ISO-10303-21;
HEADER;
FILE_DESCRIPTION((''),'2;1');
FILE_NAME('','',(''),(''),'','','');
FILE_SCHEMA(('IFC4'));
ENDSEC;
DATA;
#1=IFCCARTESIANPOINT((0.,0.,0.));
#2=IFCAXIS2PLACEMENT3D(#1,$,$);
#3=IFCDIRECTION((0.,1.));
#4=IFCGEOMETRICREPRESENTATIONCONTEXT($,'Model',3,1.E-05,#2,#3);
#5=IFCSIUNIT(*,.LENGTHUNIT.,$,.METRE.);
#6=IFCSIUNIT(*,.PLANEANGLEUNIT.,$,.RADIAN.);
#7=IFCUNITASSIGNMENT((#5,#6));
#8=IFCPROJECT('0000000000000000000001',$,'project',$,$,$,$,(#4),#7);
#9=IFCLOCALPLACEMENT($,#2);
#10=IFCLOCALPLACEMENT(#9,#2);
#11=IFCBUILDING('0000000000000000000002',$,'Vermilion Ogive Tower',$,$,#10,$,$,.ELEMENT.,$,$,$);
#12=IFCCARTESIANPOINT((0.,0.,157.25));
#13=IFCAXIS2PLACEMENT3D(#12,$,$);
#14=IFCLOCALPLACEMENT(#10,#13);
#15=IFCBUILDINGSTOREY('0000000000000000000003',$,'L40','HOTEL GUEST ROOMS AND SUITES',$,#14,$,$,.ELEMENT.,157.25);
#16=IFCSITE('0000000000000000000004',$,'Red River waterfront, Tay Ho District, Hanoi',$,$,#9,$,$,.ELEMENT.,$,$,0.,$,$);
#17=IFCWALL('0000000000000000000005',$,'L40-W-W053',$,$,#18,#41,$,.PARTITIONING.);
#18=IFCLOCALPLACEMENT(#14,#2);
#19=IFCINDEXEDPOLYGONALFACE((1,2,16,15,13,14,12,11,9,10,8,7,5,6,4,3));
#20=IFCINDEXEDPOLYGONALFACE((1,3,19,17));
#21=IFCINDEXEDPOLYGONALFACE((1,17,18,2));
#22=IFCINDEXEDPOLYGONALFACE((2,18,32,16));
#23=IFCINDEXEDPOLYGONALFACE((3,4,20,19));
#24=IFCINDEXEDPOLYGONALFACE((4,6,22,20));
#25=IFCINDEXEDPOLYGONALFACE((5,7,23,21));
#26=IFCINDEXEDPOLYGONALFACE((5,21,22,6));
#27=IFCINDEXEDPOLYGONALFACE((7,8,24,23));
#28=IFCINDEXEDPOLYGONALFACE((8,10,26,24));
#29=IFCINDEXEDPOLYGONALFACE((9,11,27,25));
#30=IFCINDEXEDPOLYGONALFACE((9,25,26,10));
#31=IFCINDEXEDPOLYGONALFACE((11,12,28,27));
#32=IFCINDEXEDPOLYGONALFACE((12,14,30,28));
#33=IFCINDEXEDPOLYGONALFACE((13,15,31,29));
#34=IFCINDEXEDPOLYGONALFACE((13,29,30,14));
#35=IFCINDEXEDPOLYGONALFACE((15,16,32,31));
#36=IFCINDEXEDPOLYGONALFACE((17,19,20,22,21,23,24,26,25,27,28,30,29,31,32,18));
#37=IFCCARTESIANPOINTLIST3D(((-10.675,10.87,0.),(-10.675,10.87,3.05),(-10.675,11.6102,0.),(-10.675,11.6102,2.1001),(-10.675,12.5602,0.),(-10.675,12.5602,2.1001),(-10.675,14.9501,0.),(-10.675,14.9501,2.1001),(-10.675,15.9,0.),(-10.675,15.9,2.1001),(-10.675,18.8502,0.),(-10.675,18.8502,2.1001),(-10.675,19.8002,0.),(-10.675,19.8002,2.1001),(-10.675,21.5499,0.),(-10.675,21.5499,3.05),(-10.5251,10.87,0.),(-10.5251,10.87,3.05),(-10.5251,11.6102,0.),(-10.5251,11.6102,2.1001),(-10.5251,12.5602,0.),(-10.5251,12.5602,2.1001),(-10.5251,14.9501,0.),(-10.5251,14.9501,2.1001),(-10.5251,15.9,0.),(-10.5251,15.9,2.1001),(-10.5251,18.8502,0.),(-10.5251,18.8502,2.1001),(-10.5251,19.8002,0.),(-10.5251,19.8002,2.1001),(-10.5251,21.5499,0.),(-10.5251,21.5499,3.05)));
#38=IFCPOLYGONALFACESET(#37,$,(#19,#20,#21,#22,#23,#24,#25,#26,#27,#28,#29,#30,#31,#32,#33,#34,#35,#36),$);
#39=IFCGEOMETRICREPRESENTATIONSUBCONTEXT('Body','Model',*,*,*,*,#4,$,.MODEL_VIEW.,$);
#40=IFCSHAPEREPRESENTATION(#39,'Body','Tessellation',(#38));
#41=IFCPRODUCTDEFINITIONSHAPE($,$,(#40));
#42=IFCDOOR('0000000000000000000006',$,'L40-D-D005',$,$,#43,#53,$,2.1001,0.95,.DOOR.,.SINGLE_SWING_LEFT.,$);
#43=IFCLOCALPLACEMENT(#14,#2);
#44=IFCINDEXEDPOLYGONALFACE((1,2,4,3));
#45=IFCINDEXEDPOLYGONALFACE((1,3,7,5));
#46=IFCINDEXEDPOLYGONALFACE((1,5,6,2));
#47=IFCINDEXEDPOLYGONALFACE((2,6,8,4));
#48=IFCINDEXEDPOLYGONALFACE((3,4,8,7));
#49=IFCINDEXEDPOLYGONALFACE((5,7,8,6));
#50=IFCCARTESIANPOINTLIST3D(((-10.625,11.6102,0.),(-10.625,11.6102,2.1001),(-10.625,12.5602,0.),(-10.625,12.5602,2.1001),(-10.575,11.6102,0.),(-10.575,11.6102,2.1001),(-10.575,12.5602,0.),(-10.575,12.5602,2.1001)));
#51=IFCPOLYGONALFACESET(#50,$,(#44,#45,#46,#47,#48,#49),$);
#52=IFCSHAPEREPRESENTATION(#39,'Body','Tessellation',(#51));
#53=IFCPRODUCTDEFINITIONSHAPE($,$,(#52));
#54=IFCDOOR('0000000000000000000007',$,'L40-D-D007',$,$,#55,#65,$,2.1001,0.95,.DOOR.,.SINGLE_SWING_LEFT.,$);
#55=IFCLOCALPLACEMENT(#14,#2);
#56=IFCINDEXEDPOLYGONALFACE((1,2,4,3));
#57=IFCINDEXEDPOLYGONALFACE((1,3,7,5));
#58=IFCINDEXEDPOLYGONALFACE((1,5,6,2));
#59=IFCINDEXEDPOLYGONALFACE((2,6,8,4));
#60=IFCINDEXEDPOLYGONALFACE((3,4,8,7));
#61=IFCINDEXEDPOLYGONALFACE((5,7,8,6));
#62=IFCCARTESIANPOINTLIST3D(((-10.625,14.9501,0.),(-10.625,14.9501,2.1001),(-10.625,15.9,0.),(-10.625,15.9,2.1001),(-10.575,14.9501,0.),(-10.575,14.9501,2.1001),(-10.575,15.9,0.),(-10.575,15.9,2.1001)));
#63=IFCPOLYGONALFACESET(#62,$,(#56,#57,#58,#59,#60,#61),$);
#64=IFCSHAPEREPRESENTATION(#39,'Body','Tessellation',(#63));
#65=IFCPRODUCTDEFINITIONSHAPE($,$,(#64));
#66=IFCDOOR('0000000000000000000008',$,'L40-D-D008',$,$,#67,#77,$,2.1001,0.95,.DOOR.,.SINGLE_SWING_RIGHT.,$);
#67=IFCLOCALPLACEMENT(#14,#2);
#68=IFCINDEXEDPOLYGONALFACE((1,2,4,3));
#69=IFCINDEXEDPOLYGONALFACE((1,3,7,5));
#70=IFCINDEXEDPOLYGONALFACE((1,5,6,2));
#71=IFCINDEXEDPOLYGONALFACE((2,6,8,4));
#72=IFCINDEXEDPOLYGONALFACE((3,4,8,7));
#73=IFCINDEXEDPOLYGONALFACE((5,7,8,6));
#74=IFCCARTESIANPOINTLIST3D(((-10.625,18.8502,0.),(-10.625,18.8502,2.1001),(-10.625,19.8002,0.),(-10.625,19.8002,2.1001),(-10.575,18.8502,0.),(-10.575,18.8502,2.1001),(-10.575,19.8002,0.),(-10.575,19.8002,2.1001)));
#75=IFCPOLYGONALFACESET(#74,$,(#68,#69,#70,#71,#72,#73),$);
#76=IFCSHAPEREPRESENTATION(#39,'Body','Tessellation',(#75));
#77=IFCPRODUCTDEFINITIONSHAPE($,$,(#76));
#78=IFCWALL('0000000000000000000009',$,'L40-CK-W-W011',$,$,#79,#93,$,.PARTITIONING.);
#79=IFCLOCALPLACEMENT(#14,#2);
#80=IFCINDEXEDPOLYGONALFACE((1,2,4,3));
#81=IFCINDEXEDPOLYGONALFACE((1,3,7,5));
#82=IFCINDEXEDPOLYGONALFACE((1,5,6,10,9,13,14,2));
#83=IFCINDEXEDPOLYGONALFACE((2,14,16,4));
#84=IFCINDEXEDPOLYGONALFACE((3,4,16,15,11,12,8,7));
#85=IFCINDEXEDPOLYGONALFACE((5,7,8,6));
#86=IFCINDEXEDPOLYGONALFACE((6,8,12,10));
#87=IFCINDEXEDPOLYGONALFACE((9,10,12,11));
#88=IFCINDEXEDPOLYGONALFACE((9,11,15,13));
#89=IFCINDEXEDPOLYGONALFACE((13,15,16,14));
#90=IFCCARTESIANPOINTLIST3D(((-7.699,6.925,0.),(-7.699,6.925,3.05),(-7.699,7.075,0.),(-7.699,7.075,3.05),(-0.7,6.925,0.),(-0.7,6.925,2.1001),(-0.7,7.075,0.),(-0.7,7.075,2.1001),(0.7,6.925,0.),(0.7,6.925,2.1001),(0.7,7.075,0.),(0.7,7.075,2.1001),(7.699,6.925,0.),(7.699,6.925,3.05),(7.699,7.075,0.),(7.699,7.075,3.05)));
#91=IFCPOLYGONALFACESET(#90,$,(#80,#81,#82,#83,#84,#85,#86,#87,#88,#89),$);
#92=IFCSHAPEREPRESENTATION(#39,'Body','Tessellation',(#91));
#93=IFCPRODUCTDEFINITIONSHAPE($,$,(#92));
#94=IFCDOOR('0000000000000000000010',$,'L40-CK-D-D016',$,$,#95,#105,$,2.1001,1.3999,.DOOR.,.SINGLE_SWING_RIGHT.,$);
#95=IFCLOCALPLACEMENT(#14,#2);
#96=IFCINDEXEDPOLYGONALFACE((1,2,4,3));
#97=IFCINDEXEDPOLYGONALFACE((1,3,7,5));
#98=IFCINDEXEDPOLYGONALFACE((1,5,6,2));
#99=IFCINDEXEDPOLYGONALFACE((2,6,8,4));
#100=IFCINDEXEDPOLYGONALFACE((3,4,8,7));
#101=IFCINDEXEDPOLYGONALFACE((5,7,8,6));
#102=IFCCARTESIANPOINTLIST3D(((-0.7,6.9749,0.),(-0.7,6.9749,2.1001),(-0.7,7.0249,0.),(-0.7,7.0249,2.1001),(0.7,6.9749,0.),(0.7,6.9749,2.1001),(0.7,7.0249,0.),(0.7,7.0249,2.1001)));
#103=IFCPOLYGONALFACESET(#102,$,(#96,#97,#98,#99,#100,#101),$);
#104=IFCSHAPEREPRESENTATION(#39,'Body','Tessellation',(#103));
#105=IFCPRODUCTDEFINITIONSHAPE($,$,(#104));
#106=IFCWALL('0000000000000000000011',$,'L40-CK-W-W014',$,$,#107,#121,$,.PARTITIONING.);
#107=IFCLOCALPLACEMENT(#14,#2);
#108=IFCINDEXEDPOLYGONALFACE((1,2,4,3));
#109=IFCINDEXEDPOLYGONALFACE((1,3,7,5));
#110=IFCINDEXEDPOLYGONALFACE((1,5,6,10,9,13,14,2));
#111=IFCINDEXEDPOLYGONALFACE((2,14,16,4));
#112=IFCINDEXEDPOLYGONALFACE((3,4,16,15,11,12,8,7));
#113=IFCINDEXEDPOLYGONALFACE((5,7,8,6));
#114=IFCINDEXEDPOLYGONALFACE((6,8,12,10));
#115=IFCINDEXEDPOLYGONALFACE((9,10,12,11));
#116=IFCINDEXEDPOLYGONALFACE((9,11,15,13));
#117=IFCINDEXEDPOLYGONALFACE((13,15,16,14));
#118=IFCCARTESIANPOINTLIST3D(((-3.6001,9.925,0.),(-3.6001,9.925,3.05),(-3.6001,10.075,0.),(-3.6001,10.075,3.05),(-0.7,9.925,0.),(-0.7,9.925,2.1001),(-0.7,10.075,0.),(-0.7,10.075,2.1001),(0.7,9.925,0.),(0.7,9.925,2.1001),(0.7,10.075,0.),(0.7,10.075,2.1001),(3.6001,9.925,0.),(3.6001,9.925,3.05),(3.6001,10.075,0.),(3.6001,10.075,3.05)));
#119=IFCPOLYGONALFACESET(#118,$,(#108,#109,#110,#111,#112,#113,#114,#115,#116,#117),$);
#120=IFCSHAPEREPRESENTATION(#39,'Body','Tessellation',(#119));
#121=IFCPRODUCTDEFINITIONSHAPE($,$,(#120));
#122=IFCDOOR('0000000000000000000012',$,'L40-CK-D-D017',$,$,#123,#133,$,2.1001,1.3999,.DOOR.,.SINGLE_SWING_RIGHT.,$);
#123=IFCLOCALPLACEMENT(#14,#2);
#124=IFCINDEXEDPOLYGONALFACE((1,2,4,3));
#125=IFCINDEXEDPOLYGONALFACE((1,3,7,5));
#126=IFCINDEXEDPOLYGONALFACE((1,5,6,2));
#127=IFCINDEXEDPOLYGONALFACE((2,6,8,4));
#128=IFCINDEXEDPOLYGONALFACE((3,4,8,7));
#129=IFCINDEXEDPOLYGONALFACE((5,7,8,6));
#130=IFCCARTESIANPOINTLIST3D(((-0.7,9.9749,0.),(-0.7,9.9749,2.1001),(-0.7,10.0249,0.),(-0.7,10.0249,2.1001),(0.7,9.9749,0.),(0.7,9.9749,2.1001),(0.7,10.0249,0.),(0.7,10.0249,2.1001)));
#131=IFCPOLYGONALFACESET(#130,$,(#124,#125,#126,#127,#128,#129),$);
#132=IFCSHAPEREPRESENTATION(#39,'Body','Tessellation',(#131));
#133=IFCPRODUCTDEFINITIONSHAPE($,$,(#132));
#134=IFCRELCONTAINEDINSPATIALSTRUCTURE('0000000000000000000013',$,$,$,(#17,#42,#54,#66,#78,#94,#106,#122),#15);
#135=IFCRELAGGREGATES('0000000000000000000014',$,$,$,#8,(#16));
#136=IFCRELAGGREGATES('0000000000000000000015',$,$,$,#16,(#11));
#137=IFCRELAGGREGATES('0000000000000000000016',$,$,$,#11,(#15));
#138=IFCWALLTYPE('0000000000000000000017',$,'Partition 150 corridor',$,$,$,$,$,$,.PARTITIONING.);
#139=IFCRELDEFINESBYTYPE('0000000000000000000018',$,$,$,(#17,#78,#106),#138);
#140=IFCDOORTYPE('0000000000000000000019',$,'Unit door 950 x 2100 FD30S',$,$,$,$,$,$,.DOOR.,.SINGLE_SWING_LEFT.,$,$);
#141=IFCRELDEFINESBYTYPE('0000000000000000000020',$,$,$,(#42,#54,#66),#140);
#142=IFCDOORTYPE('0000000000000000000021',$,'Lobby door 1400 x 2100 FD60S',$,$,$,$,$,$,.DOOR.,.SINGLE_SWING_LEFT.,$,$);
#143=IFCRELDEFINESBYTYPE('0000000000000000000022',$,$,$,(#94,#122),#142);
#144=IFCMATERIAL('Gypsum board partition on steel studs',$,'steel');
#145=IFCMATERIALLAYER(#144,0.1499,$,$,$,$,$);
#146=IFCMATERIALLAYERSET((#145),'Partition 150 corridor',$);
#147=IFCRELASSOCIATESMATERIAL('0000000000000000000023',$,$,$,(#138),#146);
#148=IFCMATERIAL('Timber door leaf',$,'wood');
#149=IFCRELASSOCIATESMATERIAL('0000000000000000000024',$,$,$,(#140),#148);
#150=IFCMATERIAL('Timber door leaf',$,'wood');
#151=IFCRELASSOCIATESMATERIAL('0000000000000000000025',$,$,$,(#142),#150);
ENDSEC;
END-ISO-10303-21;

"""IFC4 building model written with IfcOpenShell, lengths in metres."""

from ifc_helpers import new_model, si_unit, direction, frame, frame_2d, origin, place, context, subcontext, project, spatial, rectangle, extrude, material, layer, layer_set, type_object, element, fill, save


model = new_model("IFC4")

# Units and contexts
model_context = context("Model", 3, precision=1e-05, world=origin(), true_north=direction((0.0, 1.0)))
body_context = subcontext(model_context, "Body", "Model", "MODEL_VIEW")
ifc_project = project(units=[si_unit("LENGTHUNIT", "METRE"), si_unit("PLANEANGLEUNIT", "RADIAN")], contexts=[model_context])

# Site, building, storey
site_placement = place(None, origin())
site = spatial("IfcSite", under=ifc_project, at=site_placement, Name="Red River waterfront, Tay Ho District, Hanoi", CompositionType="ELEMENT", RefElevation=0.0)
building_placement = place(site_placement, origin())
building = spatial("IfcBuilding", under=site, at=building_placement, Name="Vermilion Ogive Tower", CompositionType="ELEMENT")
storey_placement = place(building_placement, frame((0.0, 0.0, 157.25)))
storey = spatial("IfcBuildingStorey", under=building, at=storey_placement, Name="L40", Description="HOTEL GUEST ROOMS AND SUITES", CompositionType="ELEMENT", Elevation=157.25)

# Wall, openings, doors
ifc_material_1 = material(Name="Gypsum board partition on steel studs", Category="steel")
ifc_layer_1 = layer(ifc_material_1, 0.1499)
ifc_layer_set_1 = layer_set([ifc_layer_1], Name="Partition 150 corridor")
wall_type_1 = type_object("IfcWallType", Name="Partition 150 corridor", PredefinedType="PARTITIONING", material=ifc_layer_set_1)
wall_1_placement = place(storey_placement, frame((-10.6001, 10.8701, 0.0), z_axis=(0.0, 0.0, 1.0), x_axis=(0.0, 1.0, 0.0)))
wall_1 = element("IfcWall", 1, at=wall_1_placement, inside=storey, type_object=wall_type_1, Name="L40-W-W053", PredefinedType="PARTITIONING", context=body_context, shape_type="SweptSolid", body=[
    extrude(rectangle(XDim=10.6799, YDim=0.1499, at=frame_2d((5.3398, 0.0))), origin(), (0.0, 0.0, 1.0), 3.05),
])
opening_1_placement = place(wall_1_placement, frame((0.74, 0.0, 0.0)))
opening_1 = element("IfcOpeningElement", 2, at=opening_1_placement, cuts=wall_1, PredefinedType="OPENING", context=body_context, shape_type="SweptSolid", body=[
    extrude(rectangle(XDim=0.95, YDim=2.1001, at=frame_2d((0.4751, 1.05))), frame((0.0, 0.085, 0.0), z_axis=(0.0, -1.0, 0.0), x_axis=(1.0, 0.0, 0.0)), (0.0, 0.0, 1.0), 0.1699),
])
opening_2_placement = place(wall_1_placement, frame((4.0798, 0.0, 0.0)))
opening_2 = element("IfcOpeningElement", 3, at=opening_2_placement, cuts=wall_1, PredefinedType="OPENING", context=body_context, shape_type="SweptSolid", body=[
    extrude(rectangle(XDim=0.95, YDim=2.1001, at=frame_2d((0.4751, 1.05))), frame((0.0, 0.085, 0.0), z_axis=(0.0, -1.0, 0.0), x_axis=(1.0, 0.0, 0.0)), (0.0, 0.0, 1.0), 0.1699),
])
opening_3_placement = place(wall_1_placement, frame((7.98, 0.0, 0.0)))
opening_3 = element("IfcOpeningElement", 4, at=opening_3_placement, cuts=wall_1, PredefinedType="OPENING", context=body_context, shape_type="SweptSolid", body=[
    extrude(rectangle(XDim=0.95, YDim=2.1001, at=frame_2d((0.4751, 1.05))), frame((0.0, 0.085, 0.0), z_axis=(0.0, -1.0, 0.0), x_axis=(1.0, 0.0, 0.0)), (0.0, 0.0, 1.0), 0.1699),
])
ifc_material_2 = material(Name="Timber door leaf", Category="wood")
door_type_1 = type_object("IfcDoorType", Name="Unit door 950 x 2100 FD30S", OperationType="SINGLE_SWING_LEFT", PredefinedType="DOOR", material=ifc_material_2)
door_1_placement = place(opening_1_placement, origin())
door_1 = element("IfcDoor", 5, at=door_1_placement, inside=storey, type_object=door_type_1, Name="L40-D-D005", OperationType="SINGLE_SWING_LEFT", OverallHeight=2.1001, OverallWidth=0.95, PredefinedType="DOOR", context=body_context, shape_type="SweptSolid", body=[
    extrude(rectangle(XDim=0.95, YDim=2.1001, at=frame_2d((0.4751, 1.05))), frame((0.0, 0.0249, 0.0), z_axis=(0.0, -1.0, 0.0), x_axis=(1.0, 0.0, 0.0)), (0.0, 0.0, 1.0), 0.05),
])
fill(opening_1, door_1)
door_2_placement = place(opening_2_placement, origin())
door_2 = element("IfcDoor", 6, at=door_2_placement, inside=storey, type_object=door_type_1, Name="L40-D-D007", OperationType="SINGLE_SWING_LEFT", OverallHeight=2.1001, OverallWidth=0.95, PredefinedType="DOOR", context=body_context, shape_type="SweptSolid", body=[
    extrude(rectangle(XDim=0.95, YDim=2.1001, at=frame_2d((0.4751, 1.05))), frame((0.0, 0.0249, 0.0), z_axis=(0.0, -1.0, 0.0), x_axis=(1.0, 0.0, 0.0)), (0.0, 0.0, 1.0), 0.05),
])
fill(opening_2, door_2)
door_3_placement = place(opening_3_placement, origin())
door_3 = element("IfcDoor", 7, at=door_3_placement, inside=storey, type_object=door_type_1, Name="L40-D-D008", OperationType="SINGLE_SWING_RIGHT", OverallHeight=2.1001, OverallWidth=0.95, PredefinedType="DOOR", context=body_context, shape_type="SweptSolid", body=[
    extrude(rectangle(XDim=0.95, YDim=2.1001, at=frame_2d((0.4751, 1.05))), frame((0.0, 0.0249, 0.0), z_axis=(0.0, -1.0, 0.0), x_axis=(1.0, 0.0, 0.0)), (0.0, 0.0, 1.0), 0.05),
])
fill(opening_3, door_3)

# Walls, openings, doors
wall_2_placement = place(storey_placement, frame((-7.699, 7.0, 0.0), z_axis=(0.0, 0.0, 1.0), x_axis=(1.0, 0.0, 0.0)))
wall_2 = element("IfcWall", 8, at=wall_2_placement, inside=storey, type_object=wall_type_1, Name="L40-CK-W-W011", PredefinedType="PARTITIONING", context=body_context, shape_type="SweptSolid", body=[
    extrude(rectangle(XDim=15.3979, YDim=0.1499, at=frame_2d((7.699, 0.0))), origin(), (0.0, 0.0, 1.0), 3.05),
])
opening_4_placement = place(wall_2_placement, frame((6.999, 0.0, 0.0)))
opening_4 = element("IfcOpeningElement", 9, at=opening_4_placement, cuts=wall_2, PredefinedType="OPENING", context=body_context, shape_type="SweptSolid", body=[
    extrude(rectangle(XDim=1.3999, YDim=2.1001, at=frame_2d((0.7, 1.05))), frame((0.0, 0.085, 0.0), z_axis=(0.0, -1.0, 0.0), x_axis=(1.0, 0.0, 0.0)), (0.0, 0.0, 1.0), 0.1699),
])
ifc_material_3 = material(Name="Timber door leaf", Category="wood")
door_type_2 = type_object("IfcDoorType", Name="Lobby door 1400 x 2100 FD60S", OperationType="SINGLE_SWING_LEFT", PredefinedType="DOOR", material=ifc_material_3)
door_4_placement = place(opening_4_placement, origin())
door_4 = element("IfcDoor", 10, at=door_4_placement, inside=storey, type_object=door_type_2, Name="L40-CK-D-D016", OperationType="SINGLE_SWING_RIGHT", OverallHeight=2.1001, OverallWidth=1.3999, PredefinedType="DOOR", context=body_context, shape_type="SweptSolid", body=[
    extrude(rectangle(XDim=1.3999, YDim=2.1001, at=frame_2d((0.7, 1.05))), frame((0.0, 0.0249, 0.0), z_axis=(0.0, -1.0, 0.0), x_axis=(1.0, 0.0, 0.0)), (0.0, 0.0, 1.0), 0.05),
])
fill(opening_4, door_4)
wall_3_placement = place(storey_placement, frame((-3.6001, 10.0, 0.0), z_axis=(0.0, 0.0, 1.0), x_axis=(1.0, 0.0, 0.0)))
wall_3 = element("IfcWall", 11, at=wall_3_placement, inside=storey, type_object=wall_type_1, Name="L40-CK-W-W014", PredefinedType="PARTITIONING", context=body_context, shape_type="SweptSolid", body=[
    extrude(rectangle(XDim=7.2002, YDim=0.1499, at=frame_2d((3.6001, 0.0))), origin(), (0.0, 0.0, 1.0), 3.05),
])
opening_5_placement = place(wall_3_placement, frame((2.9001, 0.0, 0.0)))
opening_5 = element("IfcOpeningElement", 12, at=opening_5_placement, cuts=wall_3, PredefinedType="OPENING", context=body_context, shape_type="SweptSolid", body=[
    extrude(rectangle(XDim=1.3999, YDim=2.1001, at=frame_2d((0.7, 1.05))), frame((0.0, 0.085, 0.0), z_axis=(0.0, -1.0, 0.0), x_axis=(1.0, 0.0, 0.0)), (0.0, 0.0, 1.0), 0.1699),
])
door_5_placement = place(opening_5_placement, origin())
door_5 = element("IfcDoor", 13, at=door_5_placement, inside=storey, type_object=door_type_2, Name="L40-CK-D-D017", OperationType="SINGLE_SWING_RIGHT", OverallHeight=2.1001, OverallWidth=1.3999, PredefinedType="DOOR", context=body_context, shape_type="SweptSolid", body=[
    extrude(rectangle(XDim=1.3999, YDim=2.1001, at=frame_2d((0.7, 1.05))), frame((0.0, 0.0249, 0.0), z_axis=(0.0, -1.0, 0.0), x_axis=(1.0, 0.0, 0.0)), (0.0, 0.0, 1.0), 0.05),
])
fill(opening_5, door_5)

save(model, "model.ifc")
